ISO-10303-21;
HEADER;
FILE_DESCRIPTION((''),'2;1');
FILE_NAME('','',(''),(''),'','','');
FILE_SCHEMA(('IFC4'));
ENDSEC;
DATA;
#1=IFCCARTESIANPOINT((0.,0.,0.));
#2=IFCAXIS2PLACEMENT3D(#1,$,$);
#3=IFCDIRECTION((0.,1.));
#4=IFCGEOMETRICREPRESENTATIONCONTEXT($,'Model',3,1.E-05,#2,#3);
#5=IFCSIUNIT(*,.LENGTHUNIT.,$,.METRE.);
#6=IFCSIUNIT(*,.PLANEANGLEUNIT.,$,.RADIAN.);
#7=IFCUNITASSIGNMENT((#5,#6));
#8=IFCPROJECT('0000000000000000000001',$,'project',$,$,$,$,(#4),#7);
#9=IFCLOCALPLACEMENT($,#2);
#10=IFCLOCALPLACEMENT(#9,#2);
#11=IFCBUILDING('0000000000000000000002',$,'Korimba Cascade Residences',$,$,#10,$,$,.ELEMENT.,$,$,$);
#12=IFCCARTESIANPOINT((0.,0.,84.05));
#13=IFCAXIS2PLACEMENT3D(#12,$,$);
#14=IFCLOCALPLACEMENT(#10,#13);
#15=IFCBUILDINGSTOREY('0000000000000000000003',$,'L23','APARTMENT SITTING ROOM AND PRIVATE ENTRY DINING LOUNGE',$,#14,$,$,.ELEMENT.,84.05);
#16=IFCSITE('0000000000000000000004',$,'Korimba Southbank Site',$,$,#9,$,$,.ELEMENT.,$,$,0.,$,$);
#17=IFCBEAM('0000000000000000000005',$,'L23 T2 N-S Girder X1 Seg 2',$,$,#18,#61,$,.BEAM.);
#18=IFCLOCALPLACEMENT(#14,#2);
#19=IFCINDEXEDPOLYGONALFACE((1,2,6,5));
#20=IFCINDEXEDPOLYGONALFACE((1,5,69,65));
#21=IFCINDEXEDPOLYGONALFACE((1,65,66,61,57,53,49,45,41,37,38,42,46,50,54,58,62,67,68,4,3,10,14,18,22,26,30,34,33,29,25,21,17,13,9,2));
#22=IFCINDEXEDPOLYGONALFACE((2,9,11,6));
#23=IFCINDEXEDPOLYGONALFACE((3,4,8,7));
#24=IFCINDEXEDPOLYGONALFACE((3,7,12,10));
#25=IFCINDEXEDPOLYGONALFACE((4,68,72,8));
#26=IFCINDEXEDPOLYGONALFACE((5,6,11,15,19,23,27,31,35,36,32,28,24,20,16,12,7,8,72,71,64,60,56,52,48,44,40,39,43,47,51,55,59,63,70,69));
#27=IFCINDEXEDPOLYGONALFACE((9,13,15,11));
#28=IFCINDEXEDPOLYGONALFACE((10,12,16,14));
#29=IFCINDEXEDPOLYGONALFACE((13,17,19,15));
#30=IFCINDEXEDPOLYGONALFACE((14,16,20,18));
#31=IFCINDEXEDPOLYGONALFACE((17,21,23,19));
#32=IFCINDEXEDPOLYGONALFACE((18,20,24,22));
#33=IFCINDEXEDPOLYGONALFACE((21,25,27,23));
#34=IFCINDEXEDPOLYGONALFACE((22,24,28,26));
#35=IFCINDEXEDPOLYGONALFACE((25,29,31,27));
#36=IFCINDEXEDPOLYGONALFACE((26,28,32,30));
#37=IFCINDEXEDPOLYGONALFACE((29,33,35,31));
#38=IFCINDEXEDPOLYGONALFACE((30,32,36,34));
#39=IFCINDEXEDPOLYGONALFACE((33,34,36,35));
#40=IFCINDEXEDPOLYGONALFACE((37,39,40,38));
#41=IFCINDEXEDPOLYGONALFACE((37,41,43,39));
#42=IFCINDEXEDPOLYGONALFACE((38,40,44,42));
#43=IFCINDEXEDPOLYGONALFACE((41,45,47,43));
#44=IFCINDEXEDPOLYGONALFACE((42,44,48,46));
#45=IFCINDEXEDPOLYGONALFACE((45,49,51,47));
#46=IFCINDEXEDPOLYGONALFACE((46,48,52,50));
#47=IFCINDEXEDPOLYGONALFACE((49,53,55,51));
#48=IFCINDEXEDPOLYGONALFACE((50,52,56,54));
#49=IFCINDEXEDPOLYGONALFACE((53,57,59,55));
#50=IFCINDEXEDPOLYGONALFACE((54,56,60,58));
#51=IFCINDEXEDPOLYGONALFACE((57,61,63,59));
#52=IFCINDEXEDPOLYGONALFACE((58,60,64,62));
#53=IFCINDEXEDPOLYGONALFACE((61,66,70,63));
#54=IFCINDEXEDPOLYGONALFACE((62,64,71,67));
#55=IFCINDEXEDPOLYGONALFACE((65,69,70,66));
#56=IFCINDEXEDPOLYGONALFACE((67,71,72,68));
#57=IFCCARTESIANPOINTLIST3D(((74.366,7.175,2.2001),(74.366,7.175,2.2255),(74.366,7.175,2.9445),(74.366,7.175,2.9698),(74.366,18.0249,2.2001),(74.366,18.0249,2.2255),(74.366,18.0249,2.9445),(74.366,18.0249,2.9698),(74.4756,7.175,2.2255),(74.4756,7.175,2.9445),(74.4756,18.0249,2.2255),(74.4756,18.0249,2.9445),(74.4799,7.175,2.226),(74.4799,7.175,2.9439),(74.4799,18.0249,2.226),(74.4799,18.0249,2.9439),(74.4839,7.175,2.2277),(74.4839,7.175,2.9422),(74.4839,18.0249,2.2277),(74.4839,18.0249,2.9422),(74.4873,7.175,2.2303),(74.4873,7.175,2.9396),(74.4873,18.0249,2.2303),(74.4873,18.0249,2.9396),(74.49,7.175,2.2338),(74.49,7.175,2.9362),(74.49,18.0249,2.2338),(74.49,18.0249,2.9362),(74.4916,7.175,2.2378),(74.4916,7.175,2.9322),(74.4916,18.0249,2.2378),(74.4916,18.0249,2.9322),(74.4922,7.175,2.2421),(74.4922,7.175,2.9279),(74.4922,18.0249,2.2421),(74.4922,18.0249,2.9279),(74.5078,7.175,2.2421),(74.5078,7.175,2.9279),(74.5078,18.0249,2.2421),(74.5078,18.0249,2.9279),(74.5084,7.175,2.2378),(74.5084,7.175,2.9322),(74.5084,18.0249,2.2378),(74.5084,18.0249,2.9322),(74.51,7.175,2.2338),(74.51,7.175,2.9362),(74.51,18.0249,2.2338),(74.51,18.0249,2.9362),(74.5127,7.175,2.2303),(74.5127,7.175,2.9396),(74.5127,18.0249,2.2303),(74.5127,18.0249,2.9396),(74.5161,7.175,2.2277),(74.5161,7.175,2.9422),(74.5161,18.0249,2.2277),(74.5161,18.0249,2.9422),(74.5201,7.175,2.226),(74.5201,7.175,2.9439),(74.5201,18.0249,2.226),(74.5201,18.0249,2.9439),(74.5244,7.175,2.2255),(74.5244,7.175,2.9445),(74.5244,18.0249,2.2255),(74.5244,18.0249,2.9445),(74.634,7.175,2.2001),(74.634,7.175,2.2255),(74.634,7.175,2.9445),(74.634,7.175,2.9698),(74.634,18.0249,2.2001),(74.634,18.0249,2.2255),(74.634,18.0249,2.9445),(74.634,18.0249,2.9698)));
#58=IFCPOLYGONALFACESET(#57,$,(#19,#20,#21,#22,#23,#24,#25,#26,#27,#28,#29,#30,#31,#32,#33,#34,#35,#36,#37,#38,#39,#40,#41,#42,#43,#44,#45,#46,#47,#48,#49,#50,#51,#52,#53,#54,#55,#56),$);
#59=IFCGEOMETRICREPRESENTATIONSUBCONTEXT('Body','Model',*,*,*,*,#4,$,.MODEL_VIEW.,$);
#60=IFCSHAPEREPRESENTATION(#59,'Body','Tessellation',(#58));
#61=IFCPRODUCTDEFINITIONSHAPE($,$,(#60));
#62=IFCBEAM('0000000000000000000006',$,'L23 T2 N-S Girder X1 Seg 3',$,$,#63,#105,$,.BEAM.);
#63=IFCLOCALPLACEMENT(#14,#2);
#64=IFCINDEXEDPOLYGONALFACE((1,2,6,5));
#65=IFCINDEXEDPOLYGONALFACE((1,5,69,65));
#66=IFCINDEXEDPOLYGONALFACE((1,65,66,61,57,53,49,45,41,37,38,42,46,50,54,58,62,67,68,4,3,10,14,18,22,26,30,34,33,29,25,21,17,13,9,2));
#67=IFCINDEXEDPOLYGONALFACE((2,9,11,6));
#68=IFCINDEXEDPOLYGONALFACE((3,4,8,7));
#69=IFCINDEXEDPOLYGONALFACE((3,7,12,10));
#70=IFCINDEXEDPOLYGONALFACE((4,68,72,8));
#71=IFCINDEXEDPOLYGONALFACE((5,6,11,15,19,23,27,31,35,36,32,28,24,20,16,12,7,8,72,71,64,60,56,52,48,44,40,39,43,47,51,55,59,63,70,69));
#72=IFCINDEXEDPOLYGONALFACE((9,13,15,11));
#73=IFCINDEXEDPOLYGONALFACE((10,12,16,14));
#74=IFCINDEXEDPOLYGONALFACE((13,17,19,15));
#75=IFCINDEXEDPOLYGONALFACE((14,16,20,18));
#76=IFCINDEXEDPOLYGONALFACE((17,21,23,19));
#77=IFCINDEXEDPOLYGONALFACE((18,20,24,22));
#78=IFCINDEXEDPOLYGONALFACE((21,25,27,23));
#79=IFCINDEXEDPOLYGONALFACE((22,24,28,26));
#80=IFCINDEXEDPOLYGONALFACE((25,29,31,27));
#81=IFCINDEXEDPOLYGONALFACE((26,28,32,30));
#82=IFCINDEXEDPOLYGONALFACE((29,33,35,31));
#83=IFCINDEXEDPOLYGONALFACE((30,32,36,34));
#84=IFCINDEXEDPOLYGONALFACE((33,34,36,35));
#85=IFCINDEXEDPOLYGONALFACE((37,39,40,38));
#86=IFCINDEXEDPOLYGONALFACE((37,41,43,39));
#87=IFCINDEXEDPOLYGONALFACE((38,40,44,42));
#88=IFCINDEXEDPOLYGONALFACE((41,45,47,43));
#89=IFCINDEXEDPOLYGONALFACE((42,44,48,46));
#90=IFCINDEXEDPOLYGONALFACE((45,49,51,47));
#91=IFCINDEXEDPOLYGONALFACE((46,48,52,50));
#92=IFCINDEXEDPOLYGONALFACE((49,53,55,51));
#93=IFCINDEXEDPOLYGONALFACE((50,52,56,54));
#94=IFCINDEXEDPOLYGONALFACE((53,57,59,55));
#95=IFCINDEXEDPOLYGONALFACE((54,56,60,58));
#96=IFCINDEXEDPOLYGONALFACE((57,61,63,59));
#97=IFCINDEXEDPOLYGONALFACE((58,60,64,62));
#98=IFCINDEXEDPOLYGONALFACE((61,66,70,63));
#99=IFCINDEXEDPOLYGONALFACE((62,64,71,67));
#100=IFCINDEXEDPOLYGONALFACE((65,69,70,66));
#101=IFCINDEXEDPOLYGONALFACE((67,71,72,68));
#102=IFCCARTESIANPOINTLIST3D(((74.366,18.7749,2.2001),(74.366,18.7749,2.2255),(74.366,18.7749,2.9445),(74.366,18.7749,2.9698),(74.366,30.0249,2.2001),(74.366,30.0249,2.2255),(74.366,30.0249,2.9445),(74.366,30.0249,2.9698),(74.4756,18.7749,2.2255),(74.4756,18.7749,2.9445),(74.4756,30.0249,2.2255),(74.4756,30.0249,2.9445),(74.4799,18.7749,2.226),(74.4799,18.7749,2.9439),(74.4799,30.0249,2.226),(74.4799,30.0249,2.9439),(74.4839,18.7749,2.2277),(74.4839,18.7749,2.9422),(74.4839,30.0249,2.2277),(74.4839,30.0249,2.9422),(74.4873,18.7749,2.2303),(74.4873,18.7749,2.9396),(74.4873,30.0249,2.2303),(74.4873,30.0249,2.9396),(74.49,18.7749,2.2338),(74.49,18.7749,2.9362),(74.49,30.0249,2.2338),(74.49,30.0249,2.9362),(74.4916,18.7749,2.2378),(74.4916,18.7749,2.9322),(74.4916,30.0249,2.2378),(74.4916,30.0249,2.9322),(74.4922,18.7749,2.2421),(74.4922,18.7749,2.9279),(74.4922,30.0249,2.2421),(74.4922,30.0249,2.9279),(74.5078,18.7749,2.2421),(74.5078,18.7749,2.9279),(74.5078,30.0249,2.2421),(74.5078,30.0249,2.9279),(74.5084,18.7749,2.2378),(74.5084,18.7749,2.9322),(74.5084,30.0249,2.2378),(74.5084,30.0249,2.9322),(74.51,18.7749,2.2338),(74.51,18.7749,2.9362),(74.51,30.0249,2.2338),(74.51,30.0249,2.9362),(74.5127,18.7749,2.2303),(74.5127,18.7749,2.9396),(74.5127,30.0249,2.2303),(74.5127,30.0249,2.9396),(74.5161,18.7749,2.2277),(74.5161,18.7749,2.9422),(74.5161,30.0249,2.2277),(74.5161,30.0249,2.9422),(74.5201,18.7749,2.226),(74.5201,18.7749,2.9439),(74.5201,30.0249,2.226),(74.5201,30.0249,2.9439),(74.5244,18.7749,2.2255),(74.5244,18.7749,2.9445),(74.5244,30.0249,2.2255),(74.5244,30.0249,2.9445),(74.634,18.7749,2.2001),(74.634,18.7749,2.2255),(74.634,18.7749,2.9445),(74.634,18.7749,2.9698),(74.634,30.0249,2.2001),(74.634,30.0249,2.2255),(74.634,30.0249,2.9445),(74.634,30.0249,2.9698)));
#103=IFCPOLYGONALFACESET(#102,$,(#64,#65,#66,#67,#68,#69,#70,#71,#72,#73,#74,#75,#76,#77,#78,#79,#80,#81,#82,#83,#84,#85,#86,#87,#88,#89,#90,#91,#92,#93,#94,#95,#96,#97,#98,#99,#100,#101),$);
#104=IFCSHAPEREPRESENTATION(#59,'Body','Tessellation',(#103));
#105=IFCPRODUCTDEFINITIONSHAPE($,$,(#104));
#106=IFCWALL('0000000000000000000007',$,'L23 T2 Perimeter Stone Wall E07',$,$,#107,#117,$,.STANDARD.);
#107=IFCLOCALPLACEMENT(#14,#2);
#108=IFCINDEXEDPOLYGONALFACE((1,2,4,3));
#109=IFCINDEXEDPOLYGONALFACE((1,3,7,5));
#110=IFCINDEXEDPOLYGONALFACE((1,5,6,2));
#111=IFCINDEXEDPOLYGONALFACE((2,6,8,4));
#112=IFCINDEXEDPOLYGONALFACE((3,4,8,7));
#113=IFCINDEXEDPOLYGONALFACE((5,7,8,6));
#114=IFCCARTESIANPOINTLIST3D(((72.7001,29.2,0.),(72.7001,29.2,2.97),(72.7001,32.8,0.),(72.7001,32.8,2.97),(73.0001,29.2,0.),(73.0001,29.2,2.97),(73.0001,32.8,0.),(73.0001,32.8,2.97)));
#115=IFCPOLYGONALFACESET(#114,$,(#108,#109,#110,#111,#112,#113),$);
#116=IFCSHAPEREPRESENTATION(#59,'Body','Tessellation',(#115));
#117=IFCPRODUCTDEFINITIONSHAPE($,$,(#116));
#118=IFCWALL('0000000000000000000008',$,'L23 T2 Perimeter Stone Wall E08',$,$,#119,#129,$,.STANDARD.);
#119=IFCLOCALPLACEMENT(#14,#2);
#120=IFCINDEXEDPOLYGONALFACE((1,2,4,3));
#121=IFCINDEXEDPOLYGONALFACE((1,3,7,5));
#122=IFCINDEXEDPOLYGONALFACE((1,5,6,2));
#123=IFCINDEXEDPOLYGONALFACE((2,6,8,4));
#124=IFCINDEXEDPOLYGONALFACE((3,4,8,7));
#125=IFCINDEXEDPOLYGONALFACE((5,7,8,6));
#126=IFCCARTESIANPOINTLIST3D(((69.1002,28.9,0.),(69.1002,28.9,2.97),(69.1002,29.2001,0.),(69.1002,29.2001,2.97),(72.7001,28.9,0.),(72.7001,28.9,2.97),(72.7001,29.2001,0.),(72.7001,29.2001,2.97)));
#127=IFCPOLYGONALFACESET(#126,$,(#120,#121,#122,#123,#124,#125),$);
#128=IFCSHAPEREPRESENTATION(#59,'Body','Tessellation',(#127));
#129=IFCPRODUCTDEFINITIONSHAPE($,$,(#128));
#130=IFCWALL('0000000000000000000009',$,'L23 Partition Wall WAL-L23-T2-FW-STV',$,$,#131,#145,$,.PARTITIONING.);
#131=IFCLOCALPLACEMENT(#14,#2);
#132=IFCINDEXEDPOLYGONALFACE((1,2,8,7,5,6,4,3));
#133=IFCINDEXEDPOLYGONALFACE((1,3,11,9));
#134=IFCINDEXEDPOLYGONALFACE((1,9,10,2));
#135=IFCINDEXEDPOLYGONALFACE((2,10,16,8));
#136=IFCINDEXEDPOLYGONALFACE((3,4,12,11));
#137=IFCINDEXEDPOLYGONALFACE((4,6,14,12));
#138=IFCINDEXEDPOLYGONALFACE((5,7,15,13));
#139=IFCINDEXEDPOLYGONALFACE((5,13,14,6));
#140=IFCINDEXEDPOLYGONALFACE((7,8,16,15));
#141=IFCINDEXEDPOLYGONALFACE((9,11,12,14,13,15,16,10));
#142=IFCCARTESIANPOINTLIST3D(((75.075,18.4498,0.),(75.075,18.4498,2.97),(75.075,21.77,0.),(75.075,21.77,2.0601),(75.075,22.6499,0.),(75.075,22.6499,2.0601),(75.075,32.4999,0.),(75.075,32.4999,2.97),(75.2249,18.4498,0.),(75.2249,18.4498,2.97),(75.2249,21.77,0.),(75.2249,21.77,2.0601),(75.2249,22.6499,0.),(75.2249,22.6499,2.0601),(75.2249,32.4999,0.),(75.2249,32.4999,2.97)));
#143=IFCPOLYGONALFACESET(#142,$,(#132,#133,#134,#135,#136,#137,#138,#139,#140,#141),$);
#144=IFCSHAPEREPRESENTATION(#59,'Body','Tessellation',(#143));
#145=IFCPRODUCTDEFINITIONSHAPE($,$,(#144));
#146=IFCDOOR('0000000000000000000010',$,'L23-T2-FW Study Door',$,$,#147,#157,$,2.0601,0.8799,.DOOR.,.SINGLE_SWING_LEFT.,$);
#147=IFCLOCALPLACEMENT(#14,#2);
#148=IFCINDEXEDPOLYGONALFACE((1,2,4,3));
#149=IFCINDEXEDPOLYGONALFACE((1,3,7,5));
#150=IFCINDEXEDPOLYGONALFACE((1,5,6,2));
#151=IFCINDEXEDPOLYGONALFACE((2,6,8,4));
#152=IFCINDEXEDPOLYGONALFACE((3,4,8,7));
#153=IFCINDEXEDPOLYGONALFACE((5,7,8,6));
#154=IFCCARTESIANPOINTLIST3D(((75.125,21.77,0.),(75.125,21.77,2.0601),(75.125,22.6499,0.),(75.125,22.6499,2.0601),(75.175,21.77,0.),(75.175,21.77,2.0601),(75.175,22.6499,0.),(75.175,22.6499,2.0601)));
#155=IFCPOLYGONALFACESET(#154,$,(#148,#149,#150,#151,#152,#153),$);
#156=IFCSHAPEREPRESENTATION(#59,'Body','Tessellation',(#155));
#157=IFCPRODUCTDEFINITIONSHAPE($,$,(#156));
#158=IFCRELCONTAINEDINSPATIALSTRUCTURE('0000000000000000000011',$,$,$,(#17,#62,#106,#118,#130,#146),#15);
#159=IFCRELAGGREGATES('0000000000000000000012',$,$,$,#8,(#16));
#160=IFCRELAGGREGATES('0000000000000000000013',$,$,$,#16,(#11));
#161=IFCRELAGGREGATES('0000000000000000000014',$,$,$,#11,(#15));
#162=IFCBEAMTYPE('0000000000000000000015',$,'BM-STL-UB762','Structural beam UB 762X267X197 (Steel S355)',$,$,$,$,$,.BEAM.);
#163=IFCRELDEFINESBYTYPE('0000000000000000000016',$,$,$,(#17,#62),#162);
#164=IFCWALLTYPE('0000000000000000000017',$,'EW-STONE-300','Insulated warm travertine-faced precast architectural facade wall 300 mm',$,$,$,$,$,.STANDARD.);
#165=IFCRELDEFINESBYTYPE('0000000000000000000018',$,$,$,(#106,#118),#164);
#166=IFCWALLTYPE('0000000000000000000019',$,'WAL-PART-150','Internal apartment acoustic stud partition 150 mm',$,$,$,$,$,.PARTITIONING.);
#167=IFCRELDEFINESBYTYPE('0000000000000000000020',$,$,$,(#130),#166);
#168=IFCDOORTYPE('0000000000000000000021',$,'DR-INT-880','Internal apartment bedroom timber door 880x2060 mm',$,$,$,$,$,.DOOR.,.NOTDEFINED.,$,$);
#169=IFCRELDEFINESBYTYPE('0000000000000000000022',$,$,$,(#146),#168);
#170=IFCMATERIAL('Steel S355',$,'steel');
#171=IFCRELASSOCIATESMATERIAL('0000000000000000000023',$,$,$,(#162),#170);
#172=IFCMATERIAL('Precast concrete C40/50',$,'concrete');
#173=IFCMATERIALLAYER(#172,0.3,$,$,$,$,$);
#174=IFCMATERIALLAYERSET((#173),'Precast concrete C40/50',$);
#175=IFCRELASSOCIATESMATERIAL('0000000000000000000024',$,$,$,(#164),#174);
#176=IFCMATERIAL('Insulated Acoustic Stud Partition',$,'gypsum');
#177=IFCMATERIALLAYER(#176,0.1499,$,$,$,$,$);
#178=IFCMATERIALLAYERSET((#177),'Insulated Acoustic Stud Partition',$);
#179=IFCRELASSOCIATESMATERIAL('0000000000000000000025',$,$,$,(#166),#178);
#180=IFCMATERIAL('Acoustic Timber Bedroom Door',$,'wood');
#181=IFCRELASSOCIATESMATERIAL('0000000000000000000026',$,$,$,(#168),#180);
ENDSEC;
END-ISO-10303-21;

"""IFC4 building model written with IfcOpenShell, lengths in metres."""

from ifc_helpers import new_model, si_unit, direction, frame, frame_2d, origin, origin_2d, place, context, subcontext, project, spatial, rectangle, i_section, extrude, material, layer, layer_set, material_profile, profile_set, type_object, element, fill, save


model = new_model("IFC4")

# Units and contexts
model_context = context("Model", 3, precision=1e-05, world=origin(), true_north=direction((0.0, 1.0)))
body_context = subcontext(model_context, "Body", "Model", "MODEL_VIEW")
ifc_project = project(units=[si_unit("LENGTHUNIT", "METRE"), si_unit("PLANEANGLEUNIT", "RADIAN")], contexts=[model_context])

# Site, building, storey
site_placement = place(None, origin())
site = spatial("IfcSite", under=ifc_project, at=site_placement, Name="Korimba Southbank Site", CompositionType="ELEMENT", RefElevation=0.0)
building_placement = place(site_placement, origin())
building = spatial("IfcBuilding", under=site, at=building_placement, Name="Korimba Cascade Residences", CompositionType="ELEMENT")
storey_placement = place(building_placement, frame((0.0, 0.0, 84.05)))
storey = spatial("IfcBuildingStorey", under=building, at=storey_placement, Name="L23", Description="APARTMENT SITTING ROOM AND PRIVATE ENTRY DINING LOUNGE", CompositionType="ELEMENT", Elevation=84.05)

# Beams
ifc_material_1 = material(Name="Steel S355", Category="steel")
ifc_material_profile_1 = material_profile(ifc_material_1, i_section(OverallWidth=0.2681, OverallDepth=0.7698, WebThickness=0.0156, FlangeThickness=0.0254, FilletRadius=0.0166, at=origin_2d()), Name="Steel S355")
ifc_profile_set_1 = profile_set([ifc_material_profile_1], Name="Steel S355")
beam_type_1 = type_object("IfcBeamType", Name="BM-STL-UB762", Description="Structural beam UB 762X267X197 (Steel S355)", PredefinedType="BEAM", material=ifc_profile_set_1)
beam_1_placement = place(storey_placement, frame((74.5, 7.175, 2.585), z_axis=(0.0, 1.0, 0.0), x_axis=(-1.0, 0.0, 0.0)))
element("IfcBeam", 1, at=beam_1_placement, inside=storey, type_object=beam_type_1, Name="L23 T2 N-S Girder X1 Seg 2", PredefinedType="BEAM", context=body_context, shape_type="SweptSolid", body=[
    extrude(i_section(OverallWidth=0.2681, OverallDepth=0.7698, WebThickness=0.0156, FlangeThickness=0.0254, FilletRadius=0.0166, at=origin_2d()), origin(), (0.0, 0.0, 1.0), 10.8499),
])
beam_2_placement = place(storey_placement, frame((74.5, 18.7749, 2.585), z_axis=(0.0, 1.0, 0.0), x_axis=(-1.0, 0.0, 0.0)))
element("IfcBeam", 2, at=beam_2_placement, inside=storey, type_object=beam_type_1, Name="L23 T2 N-S Girder X1 Seg 3", PredefinedType="BEAM", context=body_context, shape_type="SweptSolid", body=[
    extrude(i_section(OverallWidth=0.2681, OverallDepth=0.7698, WebThickness=0.0156, FlangeThickness=0.0254, FilletRadius=0.0166, at=origin_2d()), origin(), (0.0, 0.0, 1.0), 11.25),
])

# Walls
ifc_material_2 = material(Name="Precast concrete C40/50", Category="concrete")
ifc_layer_1 = layer(ifc_material_2, 0.3)
ifc_layer_set_1 = layer_set([ifc_layer_1], Name="Precast concrete C40/50")
wall_type_1 = type_object("IfcWallType", Name="EW-STONE-300", Description="Insulated warm travertine-faced precast architectural facade wall 300 mm", PredefinedType="STANDARD", material=ifc_layer_set_1)
wall_1_placement = place(storey_placement, frame((72.8501, 32.8, 0.0), z_axis=(0.0, 0.0, 1.0), x_axis=(0.0, -1.0, 0.0)))
element("IfcWall", 3, at=wall_1_placement, inside=storey, type_object=wall_type_1, Name="L23 T2 Perimeter Stone Wall E07", PredefinedType="STANDARD", context=body_context, shape_type="SweptSolid", body=[
    extrude(rectangle(XDim=3.6001, YDim=0.3, at=frame_2d((1.8, 0.0))), origin(), (0.0, 0.0, 1.0), 2.97),
])
wall_2_placement = place(storey_placement, frame((72.7, 29.05, 0.0), z_axis=(0.0, 0.0, 1.0), x_axis=(-1.0, 0.0, 0.0)))
element("IfcWall", 4, at=wall_2_placement, inside=storey, type_object=wall_type_1, Name="L23 T2 Perimeter Stone Wall E08", PredefinedType="STANDARD", context=body_context, shape_type="SweptSolid", body=[
    extrude(rectangle(XDim=3.5999, YDim=0.3, at=frame_2d((1.7998, 0.0))), origin(), (0.0, 0.0, 1.0), 2.97),
])

# Wall, opening, door
ifc_material_3 = material(Name="Insulated Acoustic Stud Partition", Category="gypsum")
ifc_layer_2 = layer(ifc_material_3, 0.1499)
ifc_layer_set_2 = layer_set([ifc_layer_2], Name="Insulated Acoustic Stud Partition")
wall_type_2 = type_object("IfcWallType", Name="WAL-PART-150", Description="Internal apartment acoustic stud partition 150 mm", PredefinedType="PARTITIONING", material=ifc_layer_set_2)
wall_3_placement = place(storey_placement, frame((75.1499, 18.45, 0.0), z_axis=(0.0, 0.0, 1.0), x_axis=(0.0, 1.0, 0.0)))
wall_3 = element("IfcWall", 5, at=wall_3_placement, inside=storey, type_object=wall_type_2, Name="L23 Partition Wall WAL-L23-T2-FW-STV", PredefinedType="PARTITIONING", context=body_context, shape_type="SweptSolid", body=[
    extrude(rectangle(XDim=14.05, YDim=0.1499, at=frame_2d((7.0249, 0.0))), origin(), (0.0, 0.0, 1.0), 2.97),
])
opening_1_placement = place(wall_3_placement, frame((3.3201, 0.0, 0.0)))
opening_1 = element("IfcOpeningElement", 6, at=opening_1_placement, cuts=wall_3, PredefinedType="OPENING", context=body_context, shape_type="SweptSolid", body=[
    extrude(rectangle(XDim=0.8799, YDim=2.0601, at=frame_2d((0.4399, 1.03))), frame((0.0, 0.085, 0.0), z_axis=(0.0, -1.0, 0.0), x_axis=(1.0, 0.0, 0.0)), (0.0, 0.0, 1.0), 0.1699),
])
ifc_material_4 = material(Name="Acoustic Timber Bedroom Door", Category="wood")
door_type_1 = type_object("IfcDoorType", Name="DR-INT-880", Description="Internal apartment bedroom timber door 880x2060 mm", OperationType="NOTDEFINED", PredefinedType="DOOR", material=ifc_material_4)
door_1_placement = place(opening_1_placement, origin())
door_1 = element("IfcDoor", 7, at=door_1_placement, inside=storey, type_object=door_type_1, Name="L23-T2-FW Study Door", OperationType="SINGLE_SWING_LEFT", OverallHeight=2.0601, OverallWidth=0.8799, PredefinedType="DOOR", context=body_context, shape_type="SweptSolid", body=[
    extrude(rectangle(XDim=0.8799, YDim=2.0601, at=frame_2d((0.4399, 1.03))), frame((0.0, 0.0249, 0.0), z_axis=(0.0, -1.0, 0.0), x_axis=(1.0, 0.0, 0.0)), (0.0, 0.0, 1.0), 0.05),
])
fill(opening_1, door_1)

save(model, "model.ifc")
